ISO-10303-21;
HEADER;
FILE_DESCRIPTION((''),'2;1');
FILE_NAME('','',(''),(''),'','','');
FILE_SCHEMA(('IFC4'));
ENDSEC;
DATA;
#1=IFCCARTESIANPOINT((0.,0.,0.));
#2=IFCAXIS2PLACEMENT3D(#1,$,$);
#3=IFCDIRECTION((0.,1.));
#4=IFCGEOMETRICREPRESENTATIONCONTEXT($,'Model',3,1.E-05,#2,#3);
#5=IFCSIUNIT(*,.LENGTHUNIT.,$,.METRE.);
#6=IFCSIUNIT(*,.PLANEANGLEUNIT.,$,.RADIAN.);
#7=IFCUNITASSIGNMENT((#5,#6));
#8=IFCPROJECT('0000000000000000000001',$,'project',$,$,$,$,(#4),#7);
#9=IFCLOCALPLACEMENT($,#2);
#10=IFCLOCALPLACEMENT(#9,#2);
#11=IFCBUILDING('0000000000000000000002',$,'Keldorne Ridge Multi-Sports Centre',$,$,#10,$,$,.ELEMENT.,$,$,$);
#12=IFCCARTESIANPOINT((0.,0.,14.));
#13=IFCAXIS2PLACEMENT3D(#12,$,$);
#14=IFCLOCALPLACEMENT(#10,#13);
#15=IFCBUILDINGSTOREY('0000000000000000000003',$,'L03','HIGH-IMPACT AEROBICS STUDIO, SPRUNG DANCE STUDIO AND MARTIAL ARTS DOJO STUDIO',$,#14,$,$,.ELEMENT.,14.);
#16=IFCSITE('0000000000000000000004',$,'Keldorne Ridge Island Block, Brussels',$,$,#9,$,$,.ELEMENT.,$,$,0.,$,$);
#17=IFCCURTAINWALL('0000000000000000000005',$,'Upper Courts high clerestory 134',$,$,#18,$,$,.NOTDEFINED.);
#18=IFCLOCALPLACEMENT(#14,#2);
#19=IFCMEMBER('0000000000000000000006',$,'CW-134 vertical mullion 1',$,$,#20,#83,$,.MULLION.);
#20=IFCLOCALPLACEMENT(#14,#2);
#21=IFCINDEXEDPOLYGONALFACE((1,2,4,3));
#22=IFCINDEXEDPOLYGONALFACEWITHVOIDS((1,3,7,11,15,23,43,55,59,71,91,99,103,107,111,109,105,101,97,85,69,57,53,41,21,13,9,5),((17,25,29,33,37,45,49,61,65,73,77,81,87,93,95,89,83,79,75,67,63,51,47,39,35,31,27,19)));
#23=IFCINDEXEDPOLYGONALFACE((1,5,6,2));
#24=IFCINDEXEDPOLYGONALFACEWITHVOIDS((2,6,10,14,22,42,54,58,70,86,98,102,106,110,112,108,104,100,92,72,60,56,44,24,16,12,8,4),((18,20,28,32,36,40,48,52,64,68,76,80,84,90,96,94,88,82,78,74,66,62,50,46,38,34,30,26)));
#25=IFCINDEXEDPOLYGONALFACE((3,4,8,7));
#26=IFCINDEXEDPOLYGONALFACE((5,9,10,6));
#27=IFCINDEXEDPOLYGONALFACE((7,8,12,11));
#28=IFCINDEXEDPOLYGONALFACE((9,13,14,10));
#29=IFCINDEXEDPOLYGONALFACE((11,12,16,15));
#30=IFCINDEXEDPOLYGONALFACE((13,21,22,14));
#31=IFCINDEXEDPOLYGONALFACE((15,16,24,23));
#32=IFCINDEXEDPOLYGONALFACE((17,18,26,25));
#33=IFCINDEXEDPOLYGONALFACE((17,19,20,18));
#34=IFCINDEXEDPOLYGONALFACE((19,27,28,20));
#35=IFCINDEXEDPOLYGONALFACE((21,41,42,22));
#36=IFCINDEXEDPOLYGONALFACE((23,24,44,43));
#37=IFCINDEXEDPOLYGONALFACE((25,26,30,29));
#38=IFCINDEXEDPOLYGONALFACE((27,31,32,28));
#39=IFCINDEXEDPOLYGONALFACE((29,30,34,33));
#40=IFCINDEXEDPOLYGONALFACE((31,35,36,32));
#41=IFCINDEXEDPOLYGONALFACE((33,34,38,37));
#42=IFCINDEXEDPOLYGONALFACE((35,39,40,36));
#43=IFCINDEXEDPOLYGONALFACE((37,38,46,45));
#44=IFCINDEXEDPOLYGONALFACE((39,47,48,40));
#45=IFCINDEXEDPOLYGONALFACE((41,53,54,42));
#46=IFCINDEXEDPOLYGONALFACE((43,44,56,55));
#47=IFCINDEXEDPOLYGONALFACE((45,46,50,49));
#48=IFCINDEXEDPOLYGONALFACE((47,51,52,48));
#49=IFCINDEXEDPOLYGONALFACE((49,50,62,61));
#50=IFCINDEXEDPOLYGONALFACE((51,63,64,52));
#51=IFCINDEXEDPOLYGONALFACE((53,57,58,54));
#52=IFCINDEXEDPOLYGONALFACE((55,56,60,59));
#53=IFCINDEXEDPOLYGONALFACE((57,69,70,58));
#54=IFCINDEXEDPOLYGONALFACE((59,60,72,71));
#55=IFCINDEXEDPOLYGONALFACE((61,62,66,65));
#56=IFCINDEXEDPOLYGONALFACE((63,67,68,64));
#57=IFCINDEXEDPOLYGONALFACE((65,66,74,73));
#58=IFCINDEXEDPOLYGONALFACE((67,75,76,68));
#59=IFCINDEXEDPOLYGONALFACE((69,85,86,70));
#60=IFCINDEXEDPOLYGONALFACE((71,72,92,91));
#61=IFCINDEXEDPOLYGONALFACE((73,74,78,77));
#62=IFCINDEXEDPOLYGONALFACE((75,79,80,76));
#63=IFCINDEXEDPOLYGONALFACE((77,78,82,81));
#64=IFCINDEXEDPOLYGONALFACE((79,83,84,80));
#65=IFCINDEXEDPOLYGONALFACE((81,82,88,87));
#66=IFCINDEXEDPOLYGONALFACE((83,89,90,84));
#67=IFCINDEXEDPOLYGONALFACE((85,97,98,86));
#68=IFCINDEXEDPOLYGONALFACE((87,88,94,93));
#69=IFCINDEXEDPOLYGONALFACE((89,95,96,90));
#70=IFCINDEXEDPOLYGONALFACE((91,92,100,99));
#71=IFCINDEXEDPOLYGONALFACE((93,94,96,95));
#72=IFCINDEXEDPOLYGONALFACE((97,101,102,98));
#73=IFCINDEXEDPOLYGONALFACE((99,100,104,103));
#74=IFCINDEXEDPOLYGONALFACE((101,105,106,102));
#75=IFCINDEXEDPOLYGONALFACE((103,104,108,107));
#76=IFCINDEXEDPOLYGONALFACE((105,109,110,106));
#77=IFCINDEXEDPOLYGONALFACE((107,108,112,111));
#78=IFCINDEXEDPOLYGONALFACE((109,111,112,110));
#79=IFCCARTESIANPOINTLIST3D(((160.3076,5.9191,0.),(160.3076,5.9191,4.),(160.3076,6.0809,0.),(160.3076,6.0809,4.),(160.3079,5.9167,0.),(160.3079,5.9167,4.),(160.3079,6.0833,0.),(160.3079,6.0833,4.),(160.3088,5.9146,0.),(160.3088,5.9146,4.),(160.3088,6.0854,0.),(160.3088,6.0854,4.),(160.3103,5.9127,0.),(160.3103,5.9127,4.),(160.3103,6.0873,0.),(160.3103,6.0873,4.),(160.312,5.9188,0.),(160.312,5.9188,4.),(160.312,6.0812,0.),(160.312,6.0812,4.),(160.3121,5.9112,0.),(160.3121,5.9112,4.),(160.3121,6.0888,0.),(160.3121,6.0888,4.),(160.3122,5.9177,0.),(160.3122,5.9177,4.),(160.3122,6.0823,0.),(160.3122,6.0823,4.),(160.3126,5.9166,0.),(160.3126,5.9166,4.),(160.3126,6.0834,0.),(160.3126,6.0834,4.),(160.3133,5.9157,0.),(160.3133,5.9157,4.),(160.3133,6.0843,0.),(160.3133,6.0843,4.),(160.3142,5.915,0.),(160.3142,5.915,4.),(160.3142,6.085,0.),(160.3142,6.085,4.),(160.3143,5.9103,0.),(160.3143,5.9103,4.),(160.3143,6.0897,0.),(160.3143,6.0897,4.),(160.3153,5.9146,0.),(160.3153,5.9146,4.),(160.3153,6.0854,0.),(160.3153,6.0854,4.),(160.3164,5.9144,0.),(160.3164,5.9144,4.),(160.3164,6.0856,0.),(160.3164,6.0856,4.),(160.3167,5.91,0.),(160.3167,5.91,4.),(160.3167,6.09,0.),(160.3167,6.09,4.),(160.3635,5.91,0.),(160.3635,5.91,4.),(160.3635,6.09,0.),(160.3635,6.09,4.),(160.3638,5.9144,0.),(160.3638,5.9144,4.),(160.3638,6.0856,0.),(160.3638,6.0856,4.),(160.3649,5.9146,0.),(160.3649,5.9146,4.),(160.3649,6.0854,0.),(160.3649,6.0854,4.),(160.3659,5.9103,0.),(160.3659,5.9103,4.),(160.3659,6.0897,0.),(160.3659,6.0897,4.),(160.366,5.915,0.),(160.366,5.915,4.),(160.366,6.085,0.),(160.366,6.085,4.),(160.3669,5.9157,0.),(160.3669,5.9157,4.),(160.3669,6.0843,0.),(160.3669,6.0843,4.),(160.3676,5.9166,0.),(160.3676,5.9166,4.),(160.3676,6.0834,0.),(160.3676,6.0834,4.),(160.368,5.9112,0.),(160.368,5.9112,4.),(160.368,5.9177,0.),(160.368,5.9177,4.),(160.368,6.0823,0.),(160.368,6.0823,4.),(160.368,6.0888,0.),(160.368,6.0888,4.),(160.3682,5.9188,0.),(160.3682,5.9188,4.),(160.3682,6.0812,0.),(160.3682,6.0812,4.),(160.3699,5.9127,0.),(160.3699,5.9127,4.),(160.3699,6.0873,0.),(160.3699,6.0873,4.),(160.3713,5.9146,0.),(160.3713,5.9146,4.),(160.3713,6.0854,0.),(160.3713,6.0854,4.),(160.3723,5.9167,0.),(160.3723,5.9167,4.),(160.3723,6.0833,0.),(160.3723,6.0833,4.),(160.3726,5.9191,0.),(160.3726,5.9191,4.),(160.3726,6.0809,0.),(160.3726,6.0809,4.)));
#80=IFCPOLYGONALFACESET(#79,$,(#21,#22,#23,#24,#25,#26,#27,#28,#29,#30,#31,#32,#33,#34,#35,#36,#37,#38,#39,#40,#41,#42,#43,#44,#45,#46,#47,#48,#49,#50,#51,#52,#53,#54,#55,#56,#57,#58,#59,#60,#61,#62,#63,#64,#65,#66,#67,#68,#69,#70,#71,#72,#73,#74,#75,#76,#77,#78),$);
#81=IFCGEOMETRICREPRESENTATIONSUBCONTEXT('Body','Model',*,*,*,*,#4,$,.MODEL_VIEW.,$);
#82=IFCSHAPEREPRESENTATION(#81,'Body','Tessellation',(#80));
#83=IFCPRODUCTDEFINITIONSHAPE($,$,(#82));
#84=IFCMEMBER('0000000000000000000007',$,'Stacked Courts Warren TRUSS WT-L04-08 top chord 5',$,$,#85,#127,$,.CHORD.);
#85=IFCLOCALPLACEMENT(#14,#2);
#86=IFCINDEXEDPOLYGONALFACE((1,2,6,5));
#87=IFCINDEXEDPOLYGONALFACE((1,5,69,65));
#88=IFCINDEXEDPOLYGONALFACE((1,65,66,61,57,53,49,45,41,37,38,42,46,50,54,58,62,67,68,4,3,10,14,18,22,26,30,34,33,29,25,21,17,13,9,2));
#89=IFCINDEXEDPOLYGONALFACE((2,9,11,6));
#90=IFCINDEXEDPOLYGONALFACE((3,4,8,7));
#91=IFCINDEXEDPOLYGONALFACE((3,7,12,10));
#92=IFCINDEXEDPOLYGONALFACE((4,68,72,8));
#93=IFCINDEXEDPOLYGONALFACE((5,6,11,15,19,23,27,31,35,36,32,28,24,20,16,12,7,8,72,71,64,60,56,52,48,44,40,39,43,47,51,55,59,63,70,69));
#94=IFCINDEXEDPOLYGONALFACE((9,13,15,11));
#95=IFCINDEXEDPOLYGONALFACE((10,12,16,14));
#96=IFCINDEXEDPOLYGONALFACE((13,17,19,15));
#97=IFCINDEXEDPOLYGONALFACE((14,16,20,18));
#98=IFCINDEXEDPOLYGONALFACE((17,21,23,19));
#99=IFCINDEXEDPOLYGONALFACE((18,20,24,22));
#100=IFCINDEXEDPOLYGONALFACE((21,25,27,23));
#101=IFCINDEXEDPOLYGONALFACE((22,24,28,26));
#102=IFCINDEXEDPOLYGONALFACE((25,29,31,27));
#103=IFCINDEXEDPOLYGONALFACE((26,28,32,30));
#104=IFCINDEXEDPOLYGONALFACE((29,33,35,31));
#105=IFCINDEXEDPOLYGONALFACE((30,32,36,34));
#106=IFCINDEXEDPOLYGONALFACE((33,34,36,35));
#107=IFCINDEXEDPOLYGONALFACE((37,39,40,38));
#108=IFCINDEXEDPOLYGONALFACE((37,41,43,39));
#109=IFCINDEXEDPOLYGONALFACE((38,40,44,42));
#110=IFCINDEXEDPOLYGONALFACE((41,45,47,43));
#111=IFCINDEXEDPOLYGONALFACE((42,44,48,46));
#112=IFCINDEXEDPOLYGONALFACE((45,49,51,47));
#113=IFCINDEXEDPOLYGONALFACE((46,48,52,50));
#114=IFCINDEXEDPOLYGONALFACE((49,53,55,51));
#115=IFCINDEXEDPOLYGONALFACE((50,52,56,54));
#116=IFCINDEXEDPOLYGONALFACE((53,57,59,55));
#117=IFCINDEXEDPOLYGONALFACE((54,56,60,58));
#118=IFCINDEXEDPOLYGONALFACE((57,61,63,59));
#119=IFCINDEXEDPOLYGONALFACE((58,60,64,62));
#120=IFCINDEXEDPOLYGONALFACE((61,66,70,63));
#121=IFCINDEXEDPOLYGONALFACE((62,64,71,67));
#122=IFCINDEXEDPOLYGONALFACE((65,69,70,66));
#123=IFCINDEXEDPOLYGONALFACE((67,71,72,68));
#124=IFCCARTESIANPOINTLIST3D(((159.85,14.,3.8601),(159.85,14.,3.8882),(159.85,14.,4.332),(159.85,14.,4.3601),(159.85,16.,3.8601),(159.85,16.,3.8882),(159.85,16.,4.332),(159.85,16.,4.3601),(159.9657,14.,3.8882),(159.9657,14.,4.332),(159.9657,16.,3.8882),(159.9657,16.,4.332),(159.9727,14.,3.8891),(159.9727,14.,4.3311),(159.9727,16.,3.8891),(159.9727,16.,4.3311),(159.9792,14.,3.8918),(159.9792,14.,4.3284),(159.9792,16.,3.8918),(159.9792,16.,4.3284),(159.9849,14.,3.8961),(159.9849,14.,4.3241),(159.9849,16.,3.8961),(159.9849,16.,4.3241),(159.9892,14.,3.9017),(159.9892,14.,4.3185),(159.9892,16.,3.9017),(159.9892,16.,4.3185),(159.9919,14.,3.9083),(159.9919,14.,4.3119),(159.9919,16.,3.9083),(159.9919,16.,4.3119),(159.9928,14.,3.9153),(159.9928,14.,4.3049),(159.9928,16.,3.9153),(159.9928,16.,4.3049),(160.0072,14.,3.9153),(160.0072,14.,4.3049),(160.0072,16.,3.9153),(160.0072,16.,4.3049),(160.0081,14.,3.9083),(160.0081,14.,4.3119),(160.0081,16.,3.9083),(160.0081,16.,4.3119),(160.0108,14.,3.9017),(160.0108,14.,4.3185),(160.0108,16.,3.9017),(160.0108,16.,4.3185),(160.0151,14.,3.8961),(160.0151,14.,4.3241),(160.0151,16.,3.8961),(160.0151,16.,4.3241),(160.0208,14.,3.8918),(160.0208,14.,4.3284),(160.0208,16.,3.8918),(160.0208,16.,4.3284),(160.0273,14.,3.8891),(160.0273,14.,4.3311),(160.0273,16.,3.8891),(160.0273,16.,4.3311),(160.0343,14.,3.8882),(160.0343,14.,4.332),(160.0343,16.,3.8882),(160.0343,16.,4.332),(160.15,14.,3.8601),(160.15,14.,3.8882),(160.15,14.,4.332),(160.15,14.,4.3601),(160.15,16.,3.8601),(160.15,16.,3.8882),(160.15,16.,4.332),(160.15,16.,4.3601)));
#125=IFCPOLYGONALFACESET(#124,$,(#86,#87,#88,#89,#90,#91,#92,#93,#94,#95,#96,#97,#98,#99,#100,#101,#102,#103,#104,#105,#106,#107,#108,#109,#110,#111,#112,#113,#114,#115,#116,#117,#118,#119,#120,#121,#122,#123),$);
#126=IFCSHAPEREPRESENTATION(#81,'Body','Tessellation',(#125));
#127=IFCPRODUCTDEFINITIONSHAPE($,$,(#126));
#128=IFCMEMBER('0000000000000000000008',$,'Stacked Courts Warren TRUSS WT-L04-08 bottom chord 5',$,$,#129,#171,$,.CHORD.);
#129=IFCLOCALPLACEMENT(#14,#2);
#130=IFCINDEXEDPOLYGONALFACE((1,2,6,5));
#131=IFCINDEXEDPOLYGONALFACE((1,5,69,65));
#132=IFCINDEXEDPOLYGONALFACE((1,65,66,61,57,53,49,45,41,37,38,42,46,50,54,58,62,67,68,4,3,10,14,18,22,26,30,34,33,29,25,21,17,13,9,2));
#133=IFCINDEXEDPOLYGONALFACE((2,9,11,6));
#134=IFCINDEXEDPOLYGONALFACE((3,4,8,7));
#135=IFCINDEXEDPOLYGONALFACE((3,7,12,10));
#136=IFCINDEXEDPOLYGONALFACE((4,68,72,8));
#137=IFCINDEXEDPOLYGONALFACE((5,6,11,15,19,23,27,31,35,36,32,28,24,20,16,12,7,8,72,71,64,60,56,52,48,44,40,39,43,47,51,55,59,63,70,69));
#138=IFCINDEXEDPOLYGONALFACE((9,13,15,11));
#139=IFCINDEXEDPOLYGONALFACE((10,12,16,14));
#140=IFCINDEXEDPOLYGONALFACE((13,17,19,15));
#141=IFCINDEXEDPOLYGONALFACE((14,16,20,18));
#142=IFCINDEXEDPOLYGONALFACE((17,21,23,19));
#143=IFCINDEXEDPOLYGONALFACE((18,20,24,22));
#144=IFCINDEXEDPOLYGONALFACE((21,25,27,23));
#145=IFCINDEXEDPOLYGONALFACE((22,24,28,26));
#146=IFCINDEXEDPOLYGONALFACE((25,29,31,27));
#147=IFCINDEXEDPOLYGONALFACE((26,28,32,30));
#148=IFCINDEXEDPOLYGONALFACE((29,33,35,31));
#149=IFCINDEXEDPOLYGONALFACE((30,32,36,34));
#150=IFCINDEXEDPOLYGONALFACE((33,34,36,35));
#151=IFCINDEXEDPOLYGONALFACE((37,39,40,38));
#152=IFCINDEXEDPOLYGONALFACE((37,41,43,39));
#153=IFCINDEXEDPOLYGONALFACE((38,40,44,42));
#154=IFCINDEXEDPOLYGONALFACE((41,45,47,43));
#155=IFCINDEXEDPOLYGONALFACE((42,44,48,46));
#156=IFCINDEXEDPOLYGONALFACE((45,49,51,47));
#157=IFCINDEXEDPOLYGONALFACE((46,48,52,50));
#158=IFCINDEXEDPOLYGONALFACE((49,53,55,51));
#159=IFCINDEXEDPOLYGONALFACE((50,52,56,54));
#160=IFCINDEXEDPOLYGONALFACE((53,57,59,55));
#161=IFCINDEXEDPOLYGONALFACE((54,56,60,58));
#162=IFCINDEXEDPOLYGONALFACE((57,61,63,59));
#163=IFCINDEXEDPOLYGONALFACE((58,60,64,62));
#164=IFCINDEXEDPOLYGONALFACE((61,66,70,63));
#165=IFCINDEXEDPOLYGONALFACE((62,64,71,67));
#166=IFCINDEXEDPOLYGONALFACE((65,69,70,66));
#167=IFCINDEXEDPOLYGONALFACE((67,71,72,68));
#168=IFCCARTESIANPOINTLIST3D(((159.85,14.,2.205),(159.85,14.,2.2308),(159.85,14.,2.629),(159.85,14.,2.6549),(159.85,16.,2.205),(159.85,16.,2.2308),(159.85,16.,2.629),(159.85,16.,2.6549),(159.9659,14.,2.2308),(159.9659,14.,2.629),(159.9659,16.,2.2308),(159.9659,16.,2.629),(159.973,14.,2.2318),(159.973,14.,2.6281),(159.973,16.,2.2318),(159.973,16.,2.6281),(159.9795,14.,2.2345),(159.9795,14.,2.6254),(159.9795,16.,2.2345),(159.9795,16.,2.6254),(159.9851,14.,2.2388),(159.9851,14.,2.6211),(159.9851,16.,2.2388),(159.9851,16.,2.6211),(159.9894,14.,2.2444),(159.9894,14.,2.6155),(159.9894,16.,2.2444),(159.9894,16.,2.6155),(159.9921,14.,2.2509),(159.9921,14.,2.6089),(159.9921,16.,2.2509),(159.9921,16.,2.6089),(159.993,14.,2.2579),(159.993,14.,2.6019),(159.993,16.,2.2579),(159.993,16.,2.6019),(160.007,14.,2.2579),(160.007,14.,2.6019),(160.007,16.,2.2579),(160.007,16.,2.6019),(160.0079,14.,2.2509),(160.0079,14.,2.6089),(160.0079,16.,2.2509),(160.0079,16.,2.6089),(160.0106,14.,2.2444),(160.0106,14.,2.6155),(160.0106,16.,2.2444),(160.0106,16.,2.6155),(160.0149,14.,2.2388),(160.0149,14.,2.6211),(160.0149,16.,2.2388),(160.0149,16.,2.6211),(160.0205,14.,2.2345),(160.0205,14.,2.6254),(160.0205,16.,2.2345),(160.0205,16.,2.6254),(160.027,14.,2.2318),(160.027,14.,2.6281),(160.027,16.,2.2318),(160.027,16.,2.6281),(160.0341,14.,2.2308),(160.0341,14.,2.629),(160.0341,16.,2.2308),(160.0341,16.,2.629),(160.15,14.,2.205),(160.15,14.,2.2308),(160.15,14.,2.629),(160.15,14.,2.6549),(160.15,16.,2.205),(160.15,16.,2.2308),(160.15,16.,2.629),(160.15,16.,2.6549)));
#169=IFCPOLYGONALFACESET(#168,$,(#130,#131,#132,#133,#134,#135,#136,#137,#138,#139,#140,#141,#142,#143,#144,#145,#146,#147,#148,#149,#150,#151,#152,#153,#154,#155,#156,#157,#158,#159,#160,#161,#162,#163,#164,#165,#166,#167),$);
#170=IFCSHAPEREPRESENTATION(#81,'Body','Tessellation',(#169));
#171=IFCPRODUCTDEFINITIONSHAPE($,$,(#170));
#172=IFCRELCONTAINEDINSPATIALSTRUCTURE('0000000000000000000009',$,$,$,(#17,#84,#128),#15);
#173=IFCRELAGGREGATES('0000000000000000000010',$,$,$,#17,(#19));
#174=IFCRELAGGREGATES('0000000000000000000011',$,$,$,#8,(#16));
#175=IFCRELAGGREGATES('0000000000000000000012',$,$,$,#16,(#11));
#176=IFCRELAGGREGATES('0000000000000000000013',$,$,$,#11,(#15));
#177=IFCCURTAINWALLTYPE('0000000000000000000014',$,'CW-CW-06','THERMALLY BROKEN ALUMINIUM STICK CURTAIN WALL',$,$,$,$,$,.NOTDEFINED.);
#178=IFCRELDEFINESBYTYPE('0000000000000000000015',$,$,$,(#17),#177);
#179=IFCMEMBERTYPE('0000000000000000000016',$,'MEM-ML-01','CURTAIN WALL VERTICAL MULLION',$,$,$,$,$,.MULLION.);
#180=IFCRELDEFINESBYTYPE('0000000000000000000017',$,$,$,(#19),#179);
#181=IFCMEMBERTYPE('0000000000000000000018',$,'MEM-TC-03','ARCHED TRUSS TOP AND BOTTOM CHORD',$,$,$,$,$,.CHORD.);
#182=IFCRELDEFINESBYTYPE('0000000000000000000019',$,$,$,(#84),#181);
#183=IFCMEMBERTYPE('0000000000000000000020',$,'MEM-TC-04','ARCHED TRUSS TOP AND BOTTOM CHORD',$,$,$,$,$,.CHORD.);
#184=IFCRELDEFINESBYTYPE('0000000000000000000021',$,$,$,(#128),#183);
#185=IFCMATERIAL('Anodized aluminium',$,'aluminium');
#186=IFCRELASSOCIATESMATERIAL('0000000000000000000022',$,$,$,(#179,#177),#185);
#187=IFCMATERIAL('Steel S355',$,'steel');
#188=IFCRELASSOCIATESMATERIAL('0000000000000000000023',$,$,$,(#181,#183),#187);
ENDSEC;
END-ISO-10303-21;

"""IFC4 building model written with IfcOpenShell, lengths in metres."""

from ifc_helpers import new_model, si_unit, direction, frame, origin, origin_2d, place, context, subcontext, project, spatial, hollow_rectangle, i_section, extrude, material, material_profile, profile_set, type_object, element, aggregate, save


model = new_model("IFC4")

# Units and contexts
model_context = context("Model", 3, precision=1e-05, world=origin(), true_north=direction((0.0, 1.0)))
body_context = subcontext(model_context, "Body", "Model", "MODEL_VIEW")
ifc_project = project(units=[si_unit("LENGTHUNIT", "METRE"), si_unit("PLANEANGLEUNIT", "RADIAN")], contexts=[model_context])

# Site, building, storey
site_placement = place(None, origin())
site = spatial("IfcSite", under=ifc_project, at=site_placement, Name="Keldorne Ridge Island Block, Brussels", CompositionType="ELEMENT", RefElevation=0.0)
building_placement = place(site_placement, origin())
building = spatial("IfcBuilding", under=site, at=building_placement, Name="Keldorne Ridge Multi-Sports Centre", CompositionType="ELEMENT")
storey_placement = place(building_placement, frame((0.0, 0.0, 14.0)))
storey = spatial("IfcBuildingStorey", under=building, at=storey_placement, Name="L03", Description="HIGH-IMPACT AEROBICS STUDIO, SPRUNG DANCE STUDIO AND MARTIAL ARTS DOJO STUDIO", CompositionType="ELEMENT", Elevation=14.0)

# Shared definitions
ifc_material_1 = material(Name="Steel S355", Category="steel")

# Shared definitions
ifc_material_2 = material(Name="Anodized aluminium", Category="aluminium")
ifc_material_profile_1 = material_profile(ifc_material_2, hollow_rectangle(XDim=0.0649, YDim=0.1799, WallThickness=0.0044, InnerFilletRadius=0.0044, OuterFilletRadius=0.009, at=origin_2d()), Name="ALU MULLION 180x65x4.5")
ifc_profile_set_1 = profile_set([ifc_material_profile_1], Name="Anodized aluminium")
member_type_1 = type_object("IfcMemberType", Name="MEM-ML-01", Description="CURTAIN WALL VERTICAL MULLION", PredefinedType="MULLION", material=ifc_profile_set_1)

# Curtain wall, member
curtain_wall_type_1 = type_object("IfcCurtainWallType", Name="CW-CW-06", Description="THERMALLY BROKEN ALUMINIUM STICK CURTAIN WALL", PredefinedType="NOTDEFINED", material=ifc_material_2)
curtain_wall_1_placement = place(storey_placement, origin())
curtain_wall_1 = element("IfcCurtainWall", 1, at=curtain_wall_1_placement, inside=storey, type_object=curtain_wall_type_1, Name="Upper Courts high clerestory 134", PredefinedType="NOTDEFINED")
member_1_placement = place(storey_placement, frame((160.3401, 6.0, 0.0), z_axis=(0.0, 0.0, 1.0), x_axis=(1.0, 0.0, 0.0)))
member_1 = element("IfcMember", 2, at=member_1_placement, type_object=member_type_1, Name="CW-134 vertical mullion 1", PredefinedType="MULLION", context=body_context, shape_type="SweptSolid", body=[
    extrude(hollow_rectangle(XDim=0.0649, YDim=0.1799, WallThickness=0.0044, InnerFilletRadius=0.0044, OuterFilletRadius=0.009, at=origin_2d()), origin(), (0.0, 0.0, 1.0), 4.0),
])

# Members
ifc_material_profile_2 = material_profile(ifc_material_1, i_section(OverallWidth=0.3, OverallDepth=0.5, WebThickness=0.0144, FlangeThickness=0.0281, FilletRadius=0.0271, at=origin_2d()), Name="HEB 500")
ifc_profile_set_2 = profile_set([ifc_material_profile_2], Name="Steel S355")
member_type_2 = type_object("IfcMemberType", Name="MEM-TC-03", Description="ARCHED TRUSS TOP AND BOTTOM CHORD", PredefinedType="CHORD", material=ifc_profile_set_2)
member_2_placement = place(storey_placement, frame((160.0, 14.0, 4.1101), z_axis=(0.0, 1.0, 0.0), x_axis=(-1.0, 0.0, 0.0)))
element("IfcMember", 3, at=member_2_placement, inside=storey, type_object=member_type_2, Name="Stacked Courts Warren TRUSS WT-L04-08 top chord 5", PredefinedType="CHORD", context=body_context, shape_type="SweptSolid", body=[
    extrude(i_section(OverallWidth=0.3, OverallDepth=0.5, WebThickness=0.0144, FlangeThickness=0.0281, FilletRadius=0.0271, at=origin_2d()), origin(), (0.0, 0.0, 1.0), 2.0),
])
ifc_material_profile_3 = material_profile(ifc_material_1, i_section(OverallWidth=0.3, OverallDepth=0.45, WebThickness=0.0139, FlangeThickness=0.0259, FilletRadius=0.0271, at=origin_2d()), Name="HEB 450")
ifc_profile_set_3 = profile_set([ifc_material_profile_3], Name="Steel S355")
member_type_3 = type_object("IfcMemberType", Name="MEM-TC-04", Description="ARCHED TRUSS TOP AND BOTTOM CHORD", PredefinedType="CHORD", material=ifc_profile_set_3)
member_3_placement = place(storey_placement, frame((160.0, 14.0, 2.4299), z_axis=(0.0, 1.0, 0.0), x_axis=(-1.0, 0.0, 0.0)))
element("IfcMember", 4, at=member_3_placement, inside=storey, type_object=member_type_3, Name="Stacked Courts Warren TRUSS WT-L04-08 bottom chord 5", PredefinedType="CHORD", context=body_context, shape_type="SweptSolid", body=[
    extrude(i_section(OverallWidth=0.3, OverallDepth=0.45, WebThickness=0.0139, FlangeThickness=0.0259, FilletRadius=0.0271, at=origin_2d()), origin(), (0.0, 0.0, 1.0), 2.0),
])

aggregate(curtain_wall_1, [member_1])

save(model, "model.ifc")
